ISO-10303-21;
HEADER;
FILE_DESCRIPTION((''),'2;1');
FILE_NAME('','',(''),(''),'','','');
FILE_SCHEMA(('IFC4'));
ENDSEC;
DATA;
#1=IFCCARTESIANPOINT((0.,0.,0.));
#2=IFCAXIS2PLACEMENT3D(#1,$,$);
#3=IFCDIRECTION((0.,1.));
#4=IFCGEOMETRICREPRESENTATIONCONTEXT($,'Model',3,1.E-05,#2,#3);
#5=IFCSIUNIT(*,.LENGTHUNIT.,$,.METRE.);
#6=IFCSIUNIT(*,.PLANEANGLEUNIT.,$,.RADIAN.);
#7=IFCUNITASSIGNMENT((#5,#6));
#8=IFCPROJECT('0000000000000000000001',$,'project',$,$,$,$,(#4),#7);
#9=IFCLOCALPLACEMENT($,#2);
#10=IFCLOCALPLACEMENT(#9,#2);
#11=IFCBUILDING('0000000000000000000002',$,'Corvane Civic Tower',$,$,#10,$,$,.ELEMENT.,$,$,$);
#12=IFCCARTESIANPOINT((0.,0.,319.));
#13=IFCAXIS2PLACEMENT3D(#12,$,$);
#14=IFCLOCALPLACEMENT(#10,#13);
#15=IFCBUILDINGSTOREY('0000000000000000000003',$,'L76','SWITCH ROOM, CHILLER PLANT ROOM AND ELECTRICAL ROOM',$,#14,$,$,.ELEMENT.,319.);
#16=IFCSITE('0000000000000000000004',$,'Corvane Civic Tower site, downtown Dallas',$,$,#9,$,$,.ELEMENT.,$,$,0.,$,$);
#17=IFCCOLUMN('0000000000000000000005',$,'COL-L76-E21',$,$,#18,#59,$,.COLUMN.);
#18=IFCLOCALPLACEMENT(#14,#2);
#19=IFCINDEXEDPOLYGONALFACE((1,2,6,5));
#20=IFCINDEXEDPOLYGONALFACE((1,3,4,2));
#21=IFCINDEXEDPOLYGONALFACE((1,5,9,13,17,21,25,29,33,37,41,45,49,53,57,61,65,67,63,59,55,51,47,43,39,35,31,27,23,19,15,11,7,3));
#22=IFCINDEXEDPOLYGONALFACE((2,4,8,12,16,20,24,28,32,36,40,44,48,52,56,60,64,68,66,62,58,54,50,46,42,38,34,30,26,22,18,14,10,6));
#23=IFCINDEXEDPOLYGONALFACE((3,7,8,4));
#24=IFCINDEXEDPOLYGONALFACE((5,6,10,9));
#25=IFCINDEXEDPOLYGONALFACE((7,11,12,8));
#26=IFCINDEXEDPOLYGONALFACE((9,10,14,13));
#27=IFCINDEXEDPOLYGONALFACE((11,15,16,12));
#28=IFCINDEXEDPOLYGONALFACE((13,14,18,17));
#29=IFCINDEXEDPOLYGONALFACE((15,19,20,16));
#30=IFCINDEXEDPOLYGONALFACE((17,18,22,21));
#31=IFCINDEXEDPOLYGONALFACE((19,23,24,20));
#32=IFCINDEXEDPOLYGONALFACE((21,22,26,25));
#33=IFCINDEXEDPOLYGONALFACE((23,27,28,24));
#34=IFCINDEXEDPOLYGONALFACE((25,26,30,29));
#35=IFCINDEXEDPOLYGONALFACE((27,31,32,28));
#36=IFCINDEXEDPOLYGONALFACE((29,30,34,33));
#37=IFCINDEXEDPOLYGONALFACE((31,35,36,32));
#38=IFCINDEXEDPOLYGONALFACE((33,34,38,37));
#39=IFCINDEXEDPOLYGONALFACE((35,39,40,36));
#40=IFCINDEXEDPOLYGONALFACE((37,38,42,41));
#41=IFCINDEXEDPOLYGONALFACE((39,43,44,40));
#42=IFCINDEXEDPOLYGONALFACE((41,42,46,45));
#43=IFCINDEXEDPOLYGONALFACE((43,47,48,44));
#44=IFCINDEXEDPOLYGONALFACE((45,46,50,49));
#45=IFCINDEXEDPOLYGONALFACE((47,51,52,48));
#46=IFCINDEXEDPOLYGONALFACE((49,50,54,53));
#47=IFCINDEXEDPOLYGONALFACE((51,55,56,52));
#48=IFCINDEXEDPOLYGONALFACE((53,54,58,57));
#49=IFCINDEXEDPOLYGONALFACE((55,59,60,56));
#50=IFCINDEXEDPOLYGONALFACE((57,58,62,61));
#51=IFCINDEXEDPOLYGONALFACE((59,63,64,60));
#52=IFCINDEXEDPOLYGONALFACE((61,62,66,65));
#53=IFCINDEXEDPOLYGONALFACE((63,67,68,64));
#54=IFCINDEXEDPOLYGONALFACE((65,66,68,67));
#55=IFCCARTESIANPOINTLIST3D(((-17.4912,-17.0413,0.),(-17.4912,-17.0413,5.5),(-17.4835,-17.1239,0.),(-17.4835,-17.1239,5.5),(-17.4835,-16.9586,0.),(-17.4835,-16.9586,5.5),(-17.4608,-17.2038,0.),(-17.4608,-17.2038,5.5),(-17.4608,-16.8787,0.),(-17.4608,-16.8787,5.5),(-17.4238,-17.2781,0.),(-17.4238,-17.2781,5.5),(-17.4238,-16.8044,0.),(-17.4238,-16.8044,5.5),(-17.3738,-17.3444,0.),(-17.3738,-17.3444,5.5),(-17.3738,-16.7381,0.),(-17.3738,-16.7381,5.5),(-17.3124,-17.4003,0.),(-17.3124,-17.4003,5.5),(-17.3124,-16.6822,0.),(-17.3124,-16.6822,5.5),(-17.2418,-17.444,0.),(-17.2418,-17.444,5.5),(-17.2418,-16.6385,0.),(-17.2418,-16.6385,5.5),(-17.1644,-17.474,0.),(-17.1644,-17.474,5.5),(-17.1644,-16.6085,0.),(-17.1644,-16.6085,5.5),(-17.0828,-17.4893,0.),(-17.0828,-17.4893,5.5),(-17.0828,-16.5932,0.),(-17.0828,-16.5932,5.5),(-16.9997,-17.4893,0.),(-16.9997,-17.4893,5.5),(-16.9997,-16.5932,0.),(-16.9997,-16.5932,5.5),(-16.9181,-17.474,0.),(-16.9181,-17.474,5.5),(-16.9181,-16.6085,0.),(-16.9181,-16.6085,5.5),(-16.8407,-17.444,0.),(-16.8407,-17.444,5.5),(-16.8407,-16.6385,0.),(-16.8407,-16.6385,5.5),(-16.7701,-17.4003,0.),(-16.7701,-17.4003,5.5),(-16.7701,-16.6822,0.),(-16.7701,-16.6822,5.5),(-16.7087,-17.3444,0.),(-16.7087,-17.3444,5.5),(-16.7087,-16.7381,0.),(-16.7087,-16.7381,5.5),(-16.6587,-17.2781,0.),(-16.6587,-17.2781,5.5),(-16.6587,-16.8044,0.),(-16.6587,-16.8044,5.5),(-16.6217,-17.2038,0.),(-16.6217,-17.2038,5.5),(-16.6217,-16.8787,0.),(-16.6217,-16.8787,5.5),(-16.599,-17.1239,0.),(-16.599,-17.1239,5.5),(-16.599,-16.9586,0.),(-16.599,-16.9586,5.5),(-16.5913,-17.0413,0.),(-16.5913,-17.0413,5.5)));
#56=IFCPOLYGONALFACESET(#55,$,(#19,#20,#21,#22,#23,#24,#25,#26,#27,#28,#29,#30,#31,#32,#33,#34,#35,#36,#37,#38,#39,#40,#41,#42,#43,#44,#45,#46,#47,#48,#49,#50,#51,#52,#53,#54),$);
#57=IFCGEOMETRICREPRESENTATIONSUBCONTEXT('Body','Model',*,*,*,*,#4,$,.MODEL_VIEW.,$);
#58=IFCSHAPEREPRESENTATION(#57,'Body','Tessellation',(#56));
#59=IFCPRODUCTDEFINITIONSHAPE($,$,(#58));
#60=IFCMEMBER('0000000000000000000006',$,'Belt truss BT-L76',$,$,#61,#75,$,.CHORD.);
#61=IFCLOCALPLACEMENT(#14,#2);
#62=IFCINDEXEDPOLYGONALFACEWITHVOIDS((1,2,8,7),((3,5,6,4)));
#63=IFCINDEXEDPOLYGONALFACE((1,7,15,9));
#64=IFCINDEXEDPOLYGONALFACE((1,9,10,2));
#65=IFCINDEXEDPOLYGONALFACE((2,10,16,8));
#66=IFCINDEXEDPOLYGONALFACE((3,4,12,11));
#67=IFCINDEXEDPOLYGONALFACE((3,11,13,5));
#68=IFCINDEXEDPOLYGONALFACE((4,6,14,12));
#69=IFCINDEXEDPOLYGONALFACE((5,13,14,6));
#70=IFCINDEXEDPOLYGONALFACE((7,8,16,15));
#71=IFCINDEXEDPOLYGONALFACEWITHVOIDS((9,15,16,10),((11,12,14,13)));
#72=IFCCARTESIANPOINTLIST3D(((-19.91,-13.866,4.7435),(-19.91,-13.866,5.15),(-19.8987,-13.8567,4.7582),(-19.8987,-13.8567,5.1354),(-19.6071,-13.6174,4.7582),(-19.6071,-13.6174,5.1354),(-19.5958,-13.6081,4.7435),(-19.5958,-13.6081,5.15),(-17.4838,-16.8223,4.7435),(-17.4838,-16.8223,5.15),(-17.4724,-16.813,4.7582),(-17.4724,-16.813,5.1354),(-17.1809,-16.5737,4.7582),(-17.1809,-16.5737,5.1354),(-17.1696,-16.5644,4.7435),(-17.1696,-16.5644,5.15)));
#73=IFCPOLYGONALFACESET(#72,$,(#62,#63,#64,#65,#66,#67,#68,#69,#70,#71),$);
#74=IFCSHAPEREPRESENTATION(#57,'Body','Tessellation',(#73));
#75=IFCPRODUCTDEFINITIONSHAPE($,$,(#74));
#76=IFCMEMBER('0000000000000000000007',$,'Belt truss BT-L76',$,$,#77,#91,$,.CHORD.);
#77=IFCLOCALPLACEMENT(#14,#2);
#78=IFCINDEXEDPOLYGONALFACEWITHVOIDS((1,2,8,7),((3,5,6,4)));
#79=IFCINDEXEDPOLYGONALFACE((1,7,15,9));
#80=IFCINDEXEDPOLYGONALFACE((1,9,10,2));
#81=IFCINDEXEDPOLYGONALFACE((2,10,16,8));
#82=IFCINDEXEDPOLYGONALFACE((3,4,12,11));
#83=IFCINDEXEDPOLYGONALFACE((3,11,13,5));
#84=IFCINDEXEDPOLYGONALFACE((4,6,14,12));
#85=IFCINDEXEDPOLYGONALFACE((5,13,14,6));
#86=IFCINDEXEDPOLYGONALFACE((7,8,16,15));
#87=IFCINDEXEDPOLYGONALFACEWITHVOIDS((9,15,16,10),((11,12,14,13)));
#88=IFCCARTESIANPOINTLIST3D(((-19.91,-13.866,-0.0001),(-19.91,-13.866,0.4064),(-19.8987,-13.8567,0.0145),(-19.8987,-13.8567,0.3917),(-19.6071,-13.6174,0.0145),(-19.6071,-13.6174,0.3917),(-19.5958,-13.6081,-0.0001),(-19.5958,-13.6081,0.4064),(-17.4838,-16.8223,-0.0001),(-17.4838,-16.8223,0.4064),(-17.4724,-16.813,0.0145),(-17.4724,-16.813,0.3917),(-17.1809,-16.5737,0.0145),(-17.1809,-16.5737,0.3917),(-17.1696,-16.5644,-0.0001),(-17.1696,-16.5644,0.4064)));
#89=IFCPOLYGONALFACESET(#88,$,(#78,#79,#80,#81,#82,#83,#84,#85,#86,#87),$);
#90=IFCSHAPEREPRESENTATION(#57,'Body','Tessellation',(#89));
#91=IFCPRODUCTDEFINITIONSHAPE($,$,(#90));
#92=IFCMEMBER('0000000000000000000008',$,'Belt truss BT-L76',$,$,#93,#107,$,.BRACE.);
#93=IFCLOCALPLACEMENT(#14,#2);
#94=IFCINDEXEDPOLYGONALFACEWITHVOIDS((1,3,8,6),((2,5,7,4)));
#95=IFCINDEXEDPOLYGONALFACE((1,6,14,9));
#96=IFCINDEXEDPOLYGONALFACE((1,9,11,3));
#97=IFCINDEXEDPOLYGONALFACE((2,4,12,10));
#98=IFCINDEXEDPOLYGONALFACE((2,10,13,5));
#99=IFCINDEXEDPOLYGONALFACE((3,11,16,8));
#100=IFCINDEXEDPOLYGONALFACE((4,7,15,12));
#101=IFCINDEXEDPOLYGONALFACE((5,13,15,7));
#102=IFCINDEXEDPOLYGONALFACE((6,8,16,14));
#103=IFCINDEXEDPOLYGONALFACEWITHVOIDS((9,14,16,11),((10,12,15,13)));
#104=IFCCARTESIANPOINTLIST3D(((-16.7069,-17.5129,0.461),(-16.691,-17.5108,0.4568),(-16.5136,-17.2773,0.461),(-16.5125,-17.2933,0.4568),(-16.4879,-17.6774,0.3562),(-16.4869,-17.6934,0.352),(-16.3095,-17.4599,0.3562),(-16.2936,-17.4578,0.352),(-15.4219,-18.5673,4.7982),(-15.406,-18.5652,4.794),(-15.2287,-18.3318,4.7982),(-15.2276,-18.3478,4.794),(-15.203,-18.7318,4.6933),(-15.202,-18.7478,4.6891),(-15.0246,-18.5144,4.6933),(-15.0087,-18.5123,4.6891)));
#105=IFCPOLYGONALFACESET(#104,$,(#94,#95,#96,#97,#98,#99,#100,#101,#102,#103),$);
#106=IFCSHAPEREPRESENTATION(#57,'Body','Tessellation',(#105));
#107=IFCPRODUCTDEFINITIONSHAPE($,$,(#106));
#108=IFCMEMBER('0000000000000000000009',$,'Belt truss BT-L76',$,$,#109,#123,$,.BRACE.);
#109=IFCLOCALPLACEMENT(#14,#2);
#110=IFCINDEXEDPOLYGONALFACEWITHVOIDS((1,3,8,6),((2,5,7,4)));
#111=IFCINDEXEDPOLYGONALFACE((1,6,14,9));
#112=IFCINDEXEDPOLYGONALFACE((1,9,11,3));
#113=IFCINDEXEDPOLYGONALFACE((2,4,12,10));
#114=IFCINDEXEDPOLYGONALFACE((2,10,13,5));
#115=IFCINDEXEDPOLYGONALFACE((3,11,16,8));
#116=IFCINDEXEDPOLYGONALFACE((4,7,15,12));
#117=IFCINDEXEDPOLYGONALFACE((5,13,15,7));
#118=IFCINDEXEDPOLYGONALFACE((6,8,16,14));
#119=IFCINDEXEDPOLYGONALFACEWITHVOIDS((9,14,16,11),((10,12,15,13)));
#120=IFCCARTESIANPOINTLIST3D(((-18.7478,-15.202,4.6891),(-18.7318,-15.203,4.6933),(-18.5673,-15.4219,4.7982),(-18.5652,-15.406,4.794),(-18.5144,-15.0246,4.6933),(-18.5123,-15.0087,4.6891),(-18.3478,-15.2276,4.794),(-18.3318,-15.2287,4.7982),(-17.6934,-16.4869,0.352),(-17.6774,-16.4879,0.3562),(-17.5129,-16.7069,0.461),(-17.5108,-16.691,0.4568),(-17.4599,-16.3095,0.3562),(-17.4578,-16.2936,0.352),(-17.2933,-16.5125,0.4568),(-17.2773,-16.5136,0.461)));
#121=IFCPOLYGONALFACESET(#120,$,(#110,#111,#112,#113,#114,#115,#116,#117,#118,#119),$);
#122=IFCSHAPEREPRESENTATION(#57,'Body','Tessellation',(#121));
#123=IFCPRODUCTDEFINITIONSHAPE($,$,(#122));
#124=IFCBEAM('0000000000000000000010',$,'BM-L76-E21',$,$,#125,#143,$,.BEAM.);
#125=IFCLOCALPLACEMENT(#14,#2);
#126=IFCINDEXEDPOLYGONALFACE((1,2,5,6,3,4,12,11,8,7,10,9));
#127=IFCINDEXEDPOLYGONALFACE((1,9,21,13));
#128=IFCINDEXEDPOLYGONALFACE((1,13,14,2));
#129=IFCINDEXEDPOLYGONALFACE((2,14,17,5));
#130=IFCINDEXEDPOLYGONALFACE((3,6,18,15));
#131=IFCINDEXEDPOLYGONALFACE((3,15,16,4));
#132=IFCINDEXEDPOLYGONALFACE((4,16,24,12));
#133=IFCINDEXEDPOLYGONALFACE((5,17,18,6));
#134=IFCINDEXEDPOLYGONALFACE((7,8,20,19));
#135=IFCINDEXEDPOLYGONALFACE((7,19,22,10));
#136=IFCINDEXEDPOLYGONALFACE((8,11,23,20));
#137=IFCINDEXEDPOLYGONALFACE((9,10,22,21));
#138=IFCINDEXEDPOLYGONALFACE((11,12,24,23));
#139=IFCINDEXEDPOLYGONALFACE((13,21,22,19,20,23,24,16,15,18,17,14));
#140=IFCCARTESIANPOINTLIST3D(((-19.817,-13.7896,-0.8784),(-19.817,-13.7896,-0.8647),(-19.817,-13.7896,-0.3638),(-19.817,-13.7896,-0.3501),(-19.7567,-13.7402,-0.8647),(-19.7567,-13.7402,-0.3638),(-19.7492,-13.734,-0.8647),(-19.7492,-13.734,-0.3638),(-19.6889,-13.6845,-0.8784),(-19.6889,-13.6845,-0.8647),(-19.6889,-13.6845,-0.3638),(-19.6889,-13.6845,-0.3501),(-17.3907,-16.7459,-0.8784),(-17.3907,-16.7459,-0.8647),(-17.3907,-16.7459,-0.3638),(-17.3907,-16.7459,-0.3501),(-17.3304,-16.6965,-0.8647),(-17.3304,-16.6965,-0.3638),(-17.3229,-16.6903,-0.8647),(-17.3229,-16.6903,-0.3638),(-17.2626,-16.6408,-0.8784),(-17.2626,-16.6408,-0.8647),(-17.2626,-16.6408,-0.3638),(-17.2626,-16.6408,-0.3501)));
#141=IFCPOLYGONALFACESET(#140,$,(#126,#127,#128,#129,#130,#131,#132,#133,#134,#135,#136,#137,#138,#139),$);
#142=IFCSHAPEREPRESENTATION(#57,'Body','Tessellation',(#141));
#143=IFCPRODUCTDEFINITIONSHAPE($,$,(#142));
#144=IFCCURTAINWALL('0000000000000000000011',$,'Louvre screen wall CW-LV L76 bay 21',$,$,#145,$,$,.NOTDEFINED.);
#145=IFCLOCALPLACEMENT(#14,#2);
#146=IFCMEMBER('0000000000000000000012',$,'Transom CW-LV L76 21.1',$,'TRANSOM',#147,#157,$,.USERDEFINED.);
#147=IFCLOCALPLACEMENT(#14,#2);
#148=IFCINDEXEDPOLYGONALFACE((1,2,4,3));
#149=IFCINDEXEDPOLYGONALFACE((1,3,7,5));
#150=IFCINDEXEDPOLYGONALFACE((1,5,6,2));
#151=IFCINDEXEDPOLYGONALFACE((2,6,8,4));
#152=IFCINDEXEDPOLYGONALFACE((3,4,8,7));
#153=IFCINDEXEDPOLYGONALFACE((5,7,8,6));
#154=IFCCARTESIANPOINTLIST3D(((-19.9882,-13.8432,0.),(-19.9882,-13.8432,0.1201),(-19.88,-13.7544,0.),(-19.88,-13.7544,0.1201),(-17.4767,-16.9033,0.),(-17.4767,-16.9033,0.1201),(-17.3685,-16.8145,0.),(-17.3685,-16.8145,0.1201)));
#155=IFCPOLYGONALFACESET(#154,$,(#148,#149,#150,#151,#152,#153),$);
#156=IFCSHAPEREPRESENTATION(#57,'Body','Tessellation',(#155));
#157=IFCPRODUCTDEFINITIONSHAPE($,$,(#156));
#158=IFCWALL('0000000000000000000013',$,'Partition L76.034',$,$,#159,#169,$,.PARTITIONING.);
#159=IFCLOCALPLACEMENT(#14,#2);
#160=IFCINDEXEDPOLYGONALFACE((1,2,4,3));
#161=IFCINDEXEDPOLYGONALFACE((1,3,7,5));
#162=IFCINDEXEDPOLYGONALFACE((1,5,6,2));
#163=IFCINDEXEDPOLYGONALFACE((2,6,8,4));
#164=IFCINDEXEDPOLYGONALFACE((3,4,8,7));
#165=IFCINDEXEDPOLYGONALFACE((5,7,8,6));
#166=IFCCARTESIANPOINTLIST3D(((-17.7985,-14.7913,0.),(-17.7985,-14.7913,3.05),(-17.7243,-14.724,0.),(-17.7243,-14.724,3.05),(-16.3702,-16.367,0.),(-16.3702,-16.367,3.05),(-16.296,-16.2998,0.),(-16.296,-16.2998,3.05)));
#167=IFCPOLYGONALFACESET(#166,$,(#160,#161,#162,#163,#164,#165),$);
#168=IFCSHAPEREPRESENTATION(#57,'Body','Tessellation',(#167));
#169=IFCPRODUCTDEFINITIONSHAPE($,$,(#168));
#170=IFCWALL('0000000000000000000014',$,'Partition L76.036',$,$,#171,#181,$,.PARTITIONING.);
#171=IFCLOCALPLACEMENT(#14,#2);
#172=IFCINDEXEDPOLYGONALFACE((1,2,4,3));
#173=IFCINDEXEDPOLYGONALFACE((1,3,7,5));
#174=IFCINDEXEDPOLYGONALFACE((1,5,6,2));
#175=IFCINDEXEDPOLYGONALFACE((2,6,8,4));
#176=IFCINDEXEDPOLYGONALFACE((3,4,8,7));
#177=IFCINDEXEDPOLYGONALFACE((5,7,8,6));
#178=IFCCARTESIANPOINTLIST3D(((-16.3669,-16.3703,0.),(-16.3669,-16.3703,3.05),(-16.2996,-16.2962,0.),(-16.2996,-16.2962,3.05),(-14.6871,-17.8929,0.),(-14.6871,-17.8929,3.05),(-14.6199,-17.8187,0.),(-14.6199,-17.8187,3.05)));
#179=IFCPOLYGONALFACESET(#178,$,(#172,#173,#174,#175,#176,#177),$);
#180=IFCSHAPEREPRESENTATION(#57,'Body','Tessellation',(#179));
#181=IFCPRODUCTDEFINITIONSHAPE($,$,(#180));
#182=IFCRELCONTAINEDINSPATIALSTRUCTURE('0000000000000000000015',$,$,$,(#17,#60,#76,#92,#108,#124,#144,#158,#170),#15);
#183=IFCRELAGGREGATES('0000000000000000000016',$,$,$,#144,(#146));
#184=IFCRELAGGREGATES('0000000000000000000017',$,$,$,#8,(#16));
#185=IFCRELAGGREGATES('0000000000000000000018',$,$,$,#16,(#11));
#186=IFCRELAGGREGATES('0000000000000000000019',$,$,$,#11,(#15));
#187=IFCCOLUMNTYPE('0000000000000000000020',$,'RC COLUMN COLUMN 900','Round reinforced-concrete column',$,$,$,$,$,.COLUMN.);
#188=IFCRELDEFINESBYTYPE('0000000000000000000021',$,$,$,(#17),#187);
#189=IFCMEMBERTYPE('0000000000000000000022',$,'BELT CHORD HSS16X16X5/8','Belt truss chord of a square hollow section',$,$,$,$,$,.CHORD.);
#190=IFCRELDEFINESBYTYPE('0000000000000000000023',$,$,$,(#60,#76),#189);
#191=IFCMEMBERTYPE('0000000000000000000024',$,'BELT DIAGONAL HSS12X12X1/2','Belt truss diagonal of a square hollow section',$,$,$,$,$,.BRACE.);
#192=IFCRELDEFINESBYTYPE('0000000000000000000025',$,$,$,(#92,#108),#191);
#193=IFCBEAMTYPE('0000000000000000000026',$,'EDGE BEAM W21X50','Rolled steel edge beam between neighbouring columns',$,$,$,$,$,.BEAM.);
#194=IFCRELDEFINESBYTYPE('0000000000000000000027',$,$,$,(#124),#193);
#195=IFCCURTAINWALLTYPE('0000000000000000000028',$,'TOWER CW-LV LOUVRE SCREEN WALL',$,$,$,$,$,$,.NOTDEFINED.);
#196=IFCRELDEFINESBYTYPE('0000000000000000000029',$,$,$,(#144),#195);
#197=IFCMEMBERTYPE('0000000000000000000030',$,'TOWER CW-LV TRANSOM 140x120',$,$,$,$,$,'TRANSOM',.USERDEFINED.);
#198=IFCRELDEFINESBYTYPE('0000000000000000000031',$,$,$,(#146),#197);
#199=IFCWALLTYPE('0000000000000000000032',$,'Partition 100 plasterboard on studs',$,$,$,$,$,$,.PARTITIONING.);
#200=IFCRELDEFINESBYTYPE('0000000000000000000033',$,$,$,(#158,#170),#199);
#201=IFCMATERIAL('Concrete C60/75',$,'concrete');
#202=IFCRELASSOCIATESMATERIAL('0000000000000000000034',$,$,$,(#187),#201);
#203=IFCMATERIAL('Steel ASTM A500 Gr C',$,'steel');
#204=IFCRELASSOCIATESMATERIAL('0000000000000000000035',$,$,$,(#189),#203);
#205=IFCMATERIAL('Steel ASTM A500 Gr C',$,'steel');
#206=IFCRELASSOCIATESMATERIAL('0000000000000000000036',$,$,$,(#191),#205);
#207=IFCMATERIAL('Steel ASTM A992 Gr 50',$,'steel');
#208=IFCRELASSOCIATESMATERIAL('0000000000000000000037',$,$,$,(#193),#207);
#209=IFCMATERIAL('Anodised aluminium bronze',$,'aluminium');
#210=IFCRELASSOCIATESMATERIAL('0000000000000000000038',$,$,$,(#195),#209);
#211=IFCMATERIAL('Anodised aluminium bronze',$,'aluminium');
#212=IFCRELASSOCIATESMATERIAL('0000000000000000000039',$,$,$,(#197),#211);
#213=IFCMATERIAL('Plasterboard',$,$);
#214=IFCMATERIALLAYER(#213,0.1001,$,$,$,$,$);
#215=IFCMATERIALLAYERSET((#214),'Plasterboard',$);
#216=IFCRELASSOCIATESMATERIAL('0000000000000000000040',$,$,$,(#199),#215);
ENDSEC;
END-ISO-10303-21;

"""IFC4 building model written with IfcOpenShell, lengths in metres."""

from ifc_helpers import new_model, si_unit, direction, frame, frame_2d, origin, origin_2d, place, context, subcontext, project, spatial, rectangle, hollow_rectangle, circle, i_section, extrude, material, layer, layer_set, material_profile, profile_set, type_object, element, aggregate, save


model = new_model("IFC4")

# Units and contexts
model_context = context("Model", 3, precision=1e-05, world=origin(), true_north=direction((0.0, 1.0)))
body_context = subcontext(model_context, "Body", "Model", "MODEL_VIEW")
ifc_project = project(units=[si_unit("LENGTHUNIT", "METRE"), si_unit("PLANEANGLEUNIT", "RADIAN")], contexts=[model_context])

# Site, building, storey
site_placement = place(None, origin())
site = spatial("IfcSite", under=ifc_project, at=site_placement, Name="Corvane Civic Tower site, downtown Dallas", CompositionType="ELEMENT", RefElevation=0.0)
building_placement = place(site_placement, origin())
building = spatial("IfcBuilding", under=site, at=building_placement, Name="Corvane Civic Tower", CompositionType="ELEMENT")
storey_placement = place(building_placement, frame((0.0, 0.0, 319.0)))
storey = spatial("IfcBuildingStorey", under=building, at=storey_placement, Name="L76", Description="SWITCH ROOM, CHILLER PLANT ROOM AND ELECTRICAL ROOM", CompositionType="ELEMENT", Elevation=319.0)

# Column
ifc_material_1 = material(Name="Concrete C60/75", Category="concrete")
ifc_material_profile_1 = material_profile(ifc_material_1, circle(Radius=0.45, at=origin_2d()), Name="COLUMN 900")
ifc_profile_set_1 = profile_set([ifc_material_profile_1], Name="Concrete C60/75")
column_type = type_object("IfcColumnType", Name="RC COLUMN COLUMN 900", Description="Round reinforced-concrete column", PredefinedType="COLUMN", material=ifc_profile_set_1)
column_placement = place(storey_placement, frame((-17.0413, -17.0413, 0.0), z_axis=(0.0, 0.0, 1.0), x_axis=(1.0, 0.0, 0.0)))
element("IfcColumn", 1, at=column_placement, inside=storey, type_object=column_type, Name="COL-L76-E21", PredefinedType="COLUMN", context=body_context, shape_type="SweptSolid", body=[
    extrude(circle(Radius=0.45, at=origin_2d()), origin(), (0.0, 0.0, 1.0), 5.5),
])

# Members
ifc_material_2 = material(Name="Steel ASTM A500 Gr C", Category="steel")
ifc_material_profile_2 = material_profile(ifc_material_2, hollow_rectangle(XDim=0.4065, YDim=0.4065, WallThickness=0.0146, at=origin_2d()), Name="HSS16X16X5/8")
ifc_profile_set_2 = profile_set([ifc_material_profile_2], Name="Steel ASTM A500 Gr C")
member_type_1 = type_object("IfcMemberType", Name="BELT CHORD HSS16X16X5/8", Description="Belt truss chord of a square hollow section", PredefinedType="CHORD", material=ifc_profile_set_2)
for number, where, z_axis, x_axis, name in (
    (2, (-17.3267, -16.6934, 4.9468), (-0.634409, 0.772998, 0.0), (-0.772998, -0.634409, 0.0), "Belt truss BT-L76"),
    (3, (-17.3267, -16.6934, 0.2031), (-0.634409, 0.772998, 0.0), (-0.772998, -0.634409, 0.0), "Belt truss BT-L76"),
):
    element("IfcMember", number, at=place(storey_placement, frame(where, z_axis=z_axis, x_axis=x_axis)), inside=storey, type_object=member_type_1, Name=name, PredefinedType="CHORD", context=body_context, shape_type="SweptSolid", body=[
        extrude(hollow_rectangle(XDim=0.4065, YDim=0.4065, WallThickness=0.0146, at=origin_2d()), origin(), (0.0, 0.0, 1.0), 3.8245),
    ])
ifc_material_3 = material(Name="Steel ASTM A500 Gr C", Category="steel")
ifc_material_profile_3 = material_profile(ifc_material_3, hollow_rectangle(XDim=0.3047, YDim=0.3047, WallThickness=0.0117, at=origin_2d()), Name="HSS12X12X1/2")
ifc_profile_set_3 = profile_set([ifc_material_profile_3], Name="Steel ASTM A500 Gr C")
member_type_2 = type_object("IfcMemberType", Name="BELT DIAGONAL HSS12X12X1/2", Description="Belt truss diagonal of a square hollow section", PredefinedType="BRACE", material=ifc_profile_set_3)
for number, where, z_axis, x_axis, name in (
    (4, (-16.5002, -17.4854, 0.4065), (0.276637, -0.227018, 0.933775), (0.634373, 0.773027, 0.0), "Belt truss BT-L76"),
    (5, (-17.4854, -16.5002, 0.4065), (-0.227018, 0.276637, 0.933775), (-0.773027, -0.634373, 0.0), "Belt truss BT-L76"),
):
    element("IfcMember", number, at=place(storey_placement, frame(where, z_axis=z_axis, x_axis=x_axis)), inside=storey, type_object=member_type_2, Name=name, PredefinedType="BRACE", context=body_context, shape_type="SweptSolid", body=[
        extrude(hollow_rectangle(XDim=0.3047, YDim=0.3047, WallThickness=0.0117, at=origin_2d()), origin(), (0.0, 0.0, 1.0), 4.6448),
    ])

# Beam
ifc_material_4 = material(Name="Steel ASTM A992 Gr 50", Category="steel")
ifc_material_profile_4 = material_profile(ifc_material_4, i_section(OverallWidth=0.1658, OverallDepth=0.5283, WebThickness=0.0098, FlangeThickness=0.0137, at=origin_2d()), Name="W21X50")
ifc_profile_set_4 = profile_set([ifc_material_profile_4], Name="Steel ASTM A992 Gr 50")
beam_type = type_object("IfcBeamType", Name="EDGE BEAM W21X50", Description="Rolled steel edge beam between neighbouring columns", PredefinedType="BEAM", material=ifc_profile_set_4)
beam_placement = place(storey_placement, frame((-17.3267, -16.6934, -0.6143), z_axis=(-0.634409, 0.772998, 0.0), x_axis=(-0.772998, -0.634409, 0.0)))
element("IfcBeam", 6, at=beam_placement, inside=storey, type_object=beam_type, Name="BM-L76-E21", PredefinedType="BEAM", context=body_context, shape_type="SweptSolid", body=[
    extrude(i_section(OverallWidth=0.1658, OverallDepth=0.5283, WebThickness=0.0098, FlangeThickness=0.0137, at=origin_2d()), origin(), (0.0, 0.0, 1.0), 3.8245),
])

# Curtain wall, member
ifc_material_5 = material(Name="Anodised aluminium bronze", Category="aluminium")
curtain_wall_type = type_object("IfcCurtainWallType", Name="TOWER CW-LV LOUVRE SCREEN WALL", PredefinedType="NOTDEFINED", material=ifc_material_5)
curtain_wall_placement = place(storey_placement, origin())
curtain_wall = element("IfcCurtainWall", 7, at=curtain_wall_placement, inside=storey, type_object=curtain_wall_type, Name="Louvre screen wall CW-LV L76 bay 21", PredefinedType="NOTDEFINED")
ifc_material_6 = material(Name="Anodised aluminium bronze", Category="aluminium")
ifc_material_profile_5 = material_profile(ifc_material_6, rectangle(XDim=0.1399, YDim=0.1201, at=origin_2d()), Name="TOWER CW-LV TRANSOM 140x120")
ifc_profile_set_5 = profile_set([ifc_material_profile_5], Name="Anodised aluminium bronze")
member_type_3 = type_object("IfcMemberType", Name="TOWER CW-LV TRANSOM 140x120", ElementType="TRANSOM", PredefinedType="USERDEFINED", material=ifc_profile_set_5)
member_placement = place(storey_placement, frame((-17.4226, -16.8589, 0.0601), z_axis=(-0.634416, 0.772992, 0.0), x_axis=(-0.772992, -0.634416, 0.0)))
member = element("IfcMember", 8, at=member_placement, type_object=member_type_3, Name="Transom CW-LV L76 21.1", ObjectType="TRANSOM", PredefinedType="USERDEFINED", context=body_context, shape_type="SweptSolid", body=[
    extrude(rectangle(XDim=0.1399, YDim=0.1201, at=origin_2d()), origin(), (0.0, 0.0, 1.0), 3.9587),
])

# Walls
ifc_material_7 = material(Name="Plasterboard")
ifc_layer_1 = layer(ifc_material_7, 0.1001)
ifc_layer_set_1 = layer_set([ifc_layer_1], Name="Plasterboard")
wall_type_1 = type_object("IfcWallType", Name="Partition 100 plasterboard on studs", PredefinedType="PARTITIONING", material=ifc_layer_set_1)
wall_1_placement = place(storey_placement, frame((-17.7615, -14.7576, 0.0), z_axis=(0.0, 0.0, 1.0), x_axis=(0.671586, -0.740926, 0.0)))
element("IfcWall", 9, at=wall_1_placement, inside=storey, type_object=wall_type_1, Name="Partition L76.034", PredefinedType="PARTITIONING", context=body_context, shape_type="SweptSolid", body=[
    extrude(rectangle(XDim=2.1267, YDim=0.1001, at=frame_2d((1.0635, 0.0))), origin(), (0.0, 0.0, 1.0), 3.05),
])
wall_2_placement = place(storey_placement, frame((-16.3333, -16.3333, 0.0), z_axis=(0.0, 0.0, 1.0), x_axis=(0.740933, -0.671579, 0.0)))
element("IfcWall", 10, at=wall_2_placement, inside=storey, type_object=wall_type_1, Name="Partition L76.036", PredefinedType="PARTITIONING", context=body_context, shape_type="SweptSolid", body=[
    extrude(rectangle(XDim=2.2671, YDim=0.1001, at=frame_2d((1.1335, 0.0))), origin(), (0.0, 0.0, 1.0), 3.05),
])

aggregate(curtain_wall, [member])

save(model, "model.ifc")
